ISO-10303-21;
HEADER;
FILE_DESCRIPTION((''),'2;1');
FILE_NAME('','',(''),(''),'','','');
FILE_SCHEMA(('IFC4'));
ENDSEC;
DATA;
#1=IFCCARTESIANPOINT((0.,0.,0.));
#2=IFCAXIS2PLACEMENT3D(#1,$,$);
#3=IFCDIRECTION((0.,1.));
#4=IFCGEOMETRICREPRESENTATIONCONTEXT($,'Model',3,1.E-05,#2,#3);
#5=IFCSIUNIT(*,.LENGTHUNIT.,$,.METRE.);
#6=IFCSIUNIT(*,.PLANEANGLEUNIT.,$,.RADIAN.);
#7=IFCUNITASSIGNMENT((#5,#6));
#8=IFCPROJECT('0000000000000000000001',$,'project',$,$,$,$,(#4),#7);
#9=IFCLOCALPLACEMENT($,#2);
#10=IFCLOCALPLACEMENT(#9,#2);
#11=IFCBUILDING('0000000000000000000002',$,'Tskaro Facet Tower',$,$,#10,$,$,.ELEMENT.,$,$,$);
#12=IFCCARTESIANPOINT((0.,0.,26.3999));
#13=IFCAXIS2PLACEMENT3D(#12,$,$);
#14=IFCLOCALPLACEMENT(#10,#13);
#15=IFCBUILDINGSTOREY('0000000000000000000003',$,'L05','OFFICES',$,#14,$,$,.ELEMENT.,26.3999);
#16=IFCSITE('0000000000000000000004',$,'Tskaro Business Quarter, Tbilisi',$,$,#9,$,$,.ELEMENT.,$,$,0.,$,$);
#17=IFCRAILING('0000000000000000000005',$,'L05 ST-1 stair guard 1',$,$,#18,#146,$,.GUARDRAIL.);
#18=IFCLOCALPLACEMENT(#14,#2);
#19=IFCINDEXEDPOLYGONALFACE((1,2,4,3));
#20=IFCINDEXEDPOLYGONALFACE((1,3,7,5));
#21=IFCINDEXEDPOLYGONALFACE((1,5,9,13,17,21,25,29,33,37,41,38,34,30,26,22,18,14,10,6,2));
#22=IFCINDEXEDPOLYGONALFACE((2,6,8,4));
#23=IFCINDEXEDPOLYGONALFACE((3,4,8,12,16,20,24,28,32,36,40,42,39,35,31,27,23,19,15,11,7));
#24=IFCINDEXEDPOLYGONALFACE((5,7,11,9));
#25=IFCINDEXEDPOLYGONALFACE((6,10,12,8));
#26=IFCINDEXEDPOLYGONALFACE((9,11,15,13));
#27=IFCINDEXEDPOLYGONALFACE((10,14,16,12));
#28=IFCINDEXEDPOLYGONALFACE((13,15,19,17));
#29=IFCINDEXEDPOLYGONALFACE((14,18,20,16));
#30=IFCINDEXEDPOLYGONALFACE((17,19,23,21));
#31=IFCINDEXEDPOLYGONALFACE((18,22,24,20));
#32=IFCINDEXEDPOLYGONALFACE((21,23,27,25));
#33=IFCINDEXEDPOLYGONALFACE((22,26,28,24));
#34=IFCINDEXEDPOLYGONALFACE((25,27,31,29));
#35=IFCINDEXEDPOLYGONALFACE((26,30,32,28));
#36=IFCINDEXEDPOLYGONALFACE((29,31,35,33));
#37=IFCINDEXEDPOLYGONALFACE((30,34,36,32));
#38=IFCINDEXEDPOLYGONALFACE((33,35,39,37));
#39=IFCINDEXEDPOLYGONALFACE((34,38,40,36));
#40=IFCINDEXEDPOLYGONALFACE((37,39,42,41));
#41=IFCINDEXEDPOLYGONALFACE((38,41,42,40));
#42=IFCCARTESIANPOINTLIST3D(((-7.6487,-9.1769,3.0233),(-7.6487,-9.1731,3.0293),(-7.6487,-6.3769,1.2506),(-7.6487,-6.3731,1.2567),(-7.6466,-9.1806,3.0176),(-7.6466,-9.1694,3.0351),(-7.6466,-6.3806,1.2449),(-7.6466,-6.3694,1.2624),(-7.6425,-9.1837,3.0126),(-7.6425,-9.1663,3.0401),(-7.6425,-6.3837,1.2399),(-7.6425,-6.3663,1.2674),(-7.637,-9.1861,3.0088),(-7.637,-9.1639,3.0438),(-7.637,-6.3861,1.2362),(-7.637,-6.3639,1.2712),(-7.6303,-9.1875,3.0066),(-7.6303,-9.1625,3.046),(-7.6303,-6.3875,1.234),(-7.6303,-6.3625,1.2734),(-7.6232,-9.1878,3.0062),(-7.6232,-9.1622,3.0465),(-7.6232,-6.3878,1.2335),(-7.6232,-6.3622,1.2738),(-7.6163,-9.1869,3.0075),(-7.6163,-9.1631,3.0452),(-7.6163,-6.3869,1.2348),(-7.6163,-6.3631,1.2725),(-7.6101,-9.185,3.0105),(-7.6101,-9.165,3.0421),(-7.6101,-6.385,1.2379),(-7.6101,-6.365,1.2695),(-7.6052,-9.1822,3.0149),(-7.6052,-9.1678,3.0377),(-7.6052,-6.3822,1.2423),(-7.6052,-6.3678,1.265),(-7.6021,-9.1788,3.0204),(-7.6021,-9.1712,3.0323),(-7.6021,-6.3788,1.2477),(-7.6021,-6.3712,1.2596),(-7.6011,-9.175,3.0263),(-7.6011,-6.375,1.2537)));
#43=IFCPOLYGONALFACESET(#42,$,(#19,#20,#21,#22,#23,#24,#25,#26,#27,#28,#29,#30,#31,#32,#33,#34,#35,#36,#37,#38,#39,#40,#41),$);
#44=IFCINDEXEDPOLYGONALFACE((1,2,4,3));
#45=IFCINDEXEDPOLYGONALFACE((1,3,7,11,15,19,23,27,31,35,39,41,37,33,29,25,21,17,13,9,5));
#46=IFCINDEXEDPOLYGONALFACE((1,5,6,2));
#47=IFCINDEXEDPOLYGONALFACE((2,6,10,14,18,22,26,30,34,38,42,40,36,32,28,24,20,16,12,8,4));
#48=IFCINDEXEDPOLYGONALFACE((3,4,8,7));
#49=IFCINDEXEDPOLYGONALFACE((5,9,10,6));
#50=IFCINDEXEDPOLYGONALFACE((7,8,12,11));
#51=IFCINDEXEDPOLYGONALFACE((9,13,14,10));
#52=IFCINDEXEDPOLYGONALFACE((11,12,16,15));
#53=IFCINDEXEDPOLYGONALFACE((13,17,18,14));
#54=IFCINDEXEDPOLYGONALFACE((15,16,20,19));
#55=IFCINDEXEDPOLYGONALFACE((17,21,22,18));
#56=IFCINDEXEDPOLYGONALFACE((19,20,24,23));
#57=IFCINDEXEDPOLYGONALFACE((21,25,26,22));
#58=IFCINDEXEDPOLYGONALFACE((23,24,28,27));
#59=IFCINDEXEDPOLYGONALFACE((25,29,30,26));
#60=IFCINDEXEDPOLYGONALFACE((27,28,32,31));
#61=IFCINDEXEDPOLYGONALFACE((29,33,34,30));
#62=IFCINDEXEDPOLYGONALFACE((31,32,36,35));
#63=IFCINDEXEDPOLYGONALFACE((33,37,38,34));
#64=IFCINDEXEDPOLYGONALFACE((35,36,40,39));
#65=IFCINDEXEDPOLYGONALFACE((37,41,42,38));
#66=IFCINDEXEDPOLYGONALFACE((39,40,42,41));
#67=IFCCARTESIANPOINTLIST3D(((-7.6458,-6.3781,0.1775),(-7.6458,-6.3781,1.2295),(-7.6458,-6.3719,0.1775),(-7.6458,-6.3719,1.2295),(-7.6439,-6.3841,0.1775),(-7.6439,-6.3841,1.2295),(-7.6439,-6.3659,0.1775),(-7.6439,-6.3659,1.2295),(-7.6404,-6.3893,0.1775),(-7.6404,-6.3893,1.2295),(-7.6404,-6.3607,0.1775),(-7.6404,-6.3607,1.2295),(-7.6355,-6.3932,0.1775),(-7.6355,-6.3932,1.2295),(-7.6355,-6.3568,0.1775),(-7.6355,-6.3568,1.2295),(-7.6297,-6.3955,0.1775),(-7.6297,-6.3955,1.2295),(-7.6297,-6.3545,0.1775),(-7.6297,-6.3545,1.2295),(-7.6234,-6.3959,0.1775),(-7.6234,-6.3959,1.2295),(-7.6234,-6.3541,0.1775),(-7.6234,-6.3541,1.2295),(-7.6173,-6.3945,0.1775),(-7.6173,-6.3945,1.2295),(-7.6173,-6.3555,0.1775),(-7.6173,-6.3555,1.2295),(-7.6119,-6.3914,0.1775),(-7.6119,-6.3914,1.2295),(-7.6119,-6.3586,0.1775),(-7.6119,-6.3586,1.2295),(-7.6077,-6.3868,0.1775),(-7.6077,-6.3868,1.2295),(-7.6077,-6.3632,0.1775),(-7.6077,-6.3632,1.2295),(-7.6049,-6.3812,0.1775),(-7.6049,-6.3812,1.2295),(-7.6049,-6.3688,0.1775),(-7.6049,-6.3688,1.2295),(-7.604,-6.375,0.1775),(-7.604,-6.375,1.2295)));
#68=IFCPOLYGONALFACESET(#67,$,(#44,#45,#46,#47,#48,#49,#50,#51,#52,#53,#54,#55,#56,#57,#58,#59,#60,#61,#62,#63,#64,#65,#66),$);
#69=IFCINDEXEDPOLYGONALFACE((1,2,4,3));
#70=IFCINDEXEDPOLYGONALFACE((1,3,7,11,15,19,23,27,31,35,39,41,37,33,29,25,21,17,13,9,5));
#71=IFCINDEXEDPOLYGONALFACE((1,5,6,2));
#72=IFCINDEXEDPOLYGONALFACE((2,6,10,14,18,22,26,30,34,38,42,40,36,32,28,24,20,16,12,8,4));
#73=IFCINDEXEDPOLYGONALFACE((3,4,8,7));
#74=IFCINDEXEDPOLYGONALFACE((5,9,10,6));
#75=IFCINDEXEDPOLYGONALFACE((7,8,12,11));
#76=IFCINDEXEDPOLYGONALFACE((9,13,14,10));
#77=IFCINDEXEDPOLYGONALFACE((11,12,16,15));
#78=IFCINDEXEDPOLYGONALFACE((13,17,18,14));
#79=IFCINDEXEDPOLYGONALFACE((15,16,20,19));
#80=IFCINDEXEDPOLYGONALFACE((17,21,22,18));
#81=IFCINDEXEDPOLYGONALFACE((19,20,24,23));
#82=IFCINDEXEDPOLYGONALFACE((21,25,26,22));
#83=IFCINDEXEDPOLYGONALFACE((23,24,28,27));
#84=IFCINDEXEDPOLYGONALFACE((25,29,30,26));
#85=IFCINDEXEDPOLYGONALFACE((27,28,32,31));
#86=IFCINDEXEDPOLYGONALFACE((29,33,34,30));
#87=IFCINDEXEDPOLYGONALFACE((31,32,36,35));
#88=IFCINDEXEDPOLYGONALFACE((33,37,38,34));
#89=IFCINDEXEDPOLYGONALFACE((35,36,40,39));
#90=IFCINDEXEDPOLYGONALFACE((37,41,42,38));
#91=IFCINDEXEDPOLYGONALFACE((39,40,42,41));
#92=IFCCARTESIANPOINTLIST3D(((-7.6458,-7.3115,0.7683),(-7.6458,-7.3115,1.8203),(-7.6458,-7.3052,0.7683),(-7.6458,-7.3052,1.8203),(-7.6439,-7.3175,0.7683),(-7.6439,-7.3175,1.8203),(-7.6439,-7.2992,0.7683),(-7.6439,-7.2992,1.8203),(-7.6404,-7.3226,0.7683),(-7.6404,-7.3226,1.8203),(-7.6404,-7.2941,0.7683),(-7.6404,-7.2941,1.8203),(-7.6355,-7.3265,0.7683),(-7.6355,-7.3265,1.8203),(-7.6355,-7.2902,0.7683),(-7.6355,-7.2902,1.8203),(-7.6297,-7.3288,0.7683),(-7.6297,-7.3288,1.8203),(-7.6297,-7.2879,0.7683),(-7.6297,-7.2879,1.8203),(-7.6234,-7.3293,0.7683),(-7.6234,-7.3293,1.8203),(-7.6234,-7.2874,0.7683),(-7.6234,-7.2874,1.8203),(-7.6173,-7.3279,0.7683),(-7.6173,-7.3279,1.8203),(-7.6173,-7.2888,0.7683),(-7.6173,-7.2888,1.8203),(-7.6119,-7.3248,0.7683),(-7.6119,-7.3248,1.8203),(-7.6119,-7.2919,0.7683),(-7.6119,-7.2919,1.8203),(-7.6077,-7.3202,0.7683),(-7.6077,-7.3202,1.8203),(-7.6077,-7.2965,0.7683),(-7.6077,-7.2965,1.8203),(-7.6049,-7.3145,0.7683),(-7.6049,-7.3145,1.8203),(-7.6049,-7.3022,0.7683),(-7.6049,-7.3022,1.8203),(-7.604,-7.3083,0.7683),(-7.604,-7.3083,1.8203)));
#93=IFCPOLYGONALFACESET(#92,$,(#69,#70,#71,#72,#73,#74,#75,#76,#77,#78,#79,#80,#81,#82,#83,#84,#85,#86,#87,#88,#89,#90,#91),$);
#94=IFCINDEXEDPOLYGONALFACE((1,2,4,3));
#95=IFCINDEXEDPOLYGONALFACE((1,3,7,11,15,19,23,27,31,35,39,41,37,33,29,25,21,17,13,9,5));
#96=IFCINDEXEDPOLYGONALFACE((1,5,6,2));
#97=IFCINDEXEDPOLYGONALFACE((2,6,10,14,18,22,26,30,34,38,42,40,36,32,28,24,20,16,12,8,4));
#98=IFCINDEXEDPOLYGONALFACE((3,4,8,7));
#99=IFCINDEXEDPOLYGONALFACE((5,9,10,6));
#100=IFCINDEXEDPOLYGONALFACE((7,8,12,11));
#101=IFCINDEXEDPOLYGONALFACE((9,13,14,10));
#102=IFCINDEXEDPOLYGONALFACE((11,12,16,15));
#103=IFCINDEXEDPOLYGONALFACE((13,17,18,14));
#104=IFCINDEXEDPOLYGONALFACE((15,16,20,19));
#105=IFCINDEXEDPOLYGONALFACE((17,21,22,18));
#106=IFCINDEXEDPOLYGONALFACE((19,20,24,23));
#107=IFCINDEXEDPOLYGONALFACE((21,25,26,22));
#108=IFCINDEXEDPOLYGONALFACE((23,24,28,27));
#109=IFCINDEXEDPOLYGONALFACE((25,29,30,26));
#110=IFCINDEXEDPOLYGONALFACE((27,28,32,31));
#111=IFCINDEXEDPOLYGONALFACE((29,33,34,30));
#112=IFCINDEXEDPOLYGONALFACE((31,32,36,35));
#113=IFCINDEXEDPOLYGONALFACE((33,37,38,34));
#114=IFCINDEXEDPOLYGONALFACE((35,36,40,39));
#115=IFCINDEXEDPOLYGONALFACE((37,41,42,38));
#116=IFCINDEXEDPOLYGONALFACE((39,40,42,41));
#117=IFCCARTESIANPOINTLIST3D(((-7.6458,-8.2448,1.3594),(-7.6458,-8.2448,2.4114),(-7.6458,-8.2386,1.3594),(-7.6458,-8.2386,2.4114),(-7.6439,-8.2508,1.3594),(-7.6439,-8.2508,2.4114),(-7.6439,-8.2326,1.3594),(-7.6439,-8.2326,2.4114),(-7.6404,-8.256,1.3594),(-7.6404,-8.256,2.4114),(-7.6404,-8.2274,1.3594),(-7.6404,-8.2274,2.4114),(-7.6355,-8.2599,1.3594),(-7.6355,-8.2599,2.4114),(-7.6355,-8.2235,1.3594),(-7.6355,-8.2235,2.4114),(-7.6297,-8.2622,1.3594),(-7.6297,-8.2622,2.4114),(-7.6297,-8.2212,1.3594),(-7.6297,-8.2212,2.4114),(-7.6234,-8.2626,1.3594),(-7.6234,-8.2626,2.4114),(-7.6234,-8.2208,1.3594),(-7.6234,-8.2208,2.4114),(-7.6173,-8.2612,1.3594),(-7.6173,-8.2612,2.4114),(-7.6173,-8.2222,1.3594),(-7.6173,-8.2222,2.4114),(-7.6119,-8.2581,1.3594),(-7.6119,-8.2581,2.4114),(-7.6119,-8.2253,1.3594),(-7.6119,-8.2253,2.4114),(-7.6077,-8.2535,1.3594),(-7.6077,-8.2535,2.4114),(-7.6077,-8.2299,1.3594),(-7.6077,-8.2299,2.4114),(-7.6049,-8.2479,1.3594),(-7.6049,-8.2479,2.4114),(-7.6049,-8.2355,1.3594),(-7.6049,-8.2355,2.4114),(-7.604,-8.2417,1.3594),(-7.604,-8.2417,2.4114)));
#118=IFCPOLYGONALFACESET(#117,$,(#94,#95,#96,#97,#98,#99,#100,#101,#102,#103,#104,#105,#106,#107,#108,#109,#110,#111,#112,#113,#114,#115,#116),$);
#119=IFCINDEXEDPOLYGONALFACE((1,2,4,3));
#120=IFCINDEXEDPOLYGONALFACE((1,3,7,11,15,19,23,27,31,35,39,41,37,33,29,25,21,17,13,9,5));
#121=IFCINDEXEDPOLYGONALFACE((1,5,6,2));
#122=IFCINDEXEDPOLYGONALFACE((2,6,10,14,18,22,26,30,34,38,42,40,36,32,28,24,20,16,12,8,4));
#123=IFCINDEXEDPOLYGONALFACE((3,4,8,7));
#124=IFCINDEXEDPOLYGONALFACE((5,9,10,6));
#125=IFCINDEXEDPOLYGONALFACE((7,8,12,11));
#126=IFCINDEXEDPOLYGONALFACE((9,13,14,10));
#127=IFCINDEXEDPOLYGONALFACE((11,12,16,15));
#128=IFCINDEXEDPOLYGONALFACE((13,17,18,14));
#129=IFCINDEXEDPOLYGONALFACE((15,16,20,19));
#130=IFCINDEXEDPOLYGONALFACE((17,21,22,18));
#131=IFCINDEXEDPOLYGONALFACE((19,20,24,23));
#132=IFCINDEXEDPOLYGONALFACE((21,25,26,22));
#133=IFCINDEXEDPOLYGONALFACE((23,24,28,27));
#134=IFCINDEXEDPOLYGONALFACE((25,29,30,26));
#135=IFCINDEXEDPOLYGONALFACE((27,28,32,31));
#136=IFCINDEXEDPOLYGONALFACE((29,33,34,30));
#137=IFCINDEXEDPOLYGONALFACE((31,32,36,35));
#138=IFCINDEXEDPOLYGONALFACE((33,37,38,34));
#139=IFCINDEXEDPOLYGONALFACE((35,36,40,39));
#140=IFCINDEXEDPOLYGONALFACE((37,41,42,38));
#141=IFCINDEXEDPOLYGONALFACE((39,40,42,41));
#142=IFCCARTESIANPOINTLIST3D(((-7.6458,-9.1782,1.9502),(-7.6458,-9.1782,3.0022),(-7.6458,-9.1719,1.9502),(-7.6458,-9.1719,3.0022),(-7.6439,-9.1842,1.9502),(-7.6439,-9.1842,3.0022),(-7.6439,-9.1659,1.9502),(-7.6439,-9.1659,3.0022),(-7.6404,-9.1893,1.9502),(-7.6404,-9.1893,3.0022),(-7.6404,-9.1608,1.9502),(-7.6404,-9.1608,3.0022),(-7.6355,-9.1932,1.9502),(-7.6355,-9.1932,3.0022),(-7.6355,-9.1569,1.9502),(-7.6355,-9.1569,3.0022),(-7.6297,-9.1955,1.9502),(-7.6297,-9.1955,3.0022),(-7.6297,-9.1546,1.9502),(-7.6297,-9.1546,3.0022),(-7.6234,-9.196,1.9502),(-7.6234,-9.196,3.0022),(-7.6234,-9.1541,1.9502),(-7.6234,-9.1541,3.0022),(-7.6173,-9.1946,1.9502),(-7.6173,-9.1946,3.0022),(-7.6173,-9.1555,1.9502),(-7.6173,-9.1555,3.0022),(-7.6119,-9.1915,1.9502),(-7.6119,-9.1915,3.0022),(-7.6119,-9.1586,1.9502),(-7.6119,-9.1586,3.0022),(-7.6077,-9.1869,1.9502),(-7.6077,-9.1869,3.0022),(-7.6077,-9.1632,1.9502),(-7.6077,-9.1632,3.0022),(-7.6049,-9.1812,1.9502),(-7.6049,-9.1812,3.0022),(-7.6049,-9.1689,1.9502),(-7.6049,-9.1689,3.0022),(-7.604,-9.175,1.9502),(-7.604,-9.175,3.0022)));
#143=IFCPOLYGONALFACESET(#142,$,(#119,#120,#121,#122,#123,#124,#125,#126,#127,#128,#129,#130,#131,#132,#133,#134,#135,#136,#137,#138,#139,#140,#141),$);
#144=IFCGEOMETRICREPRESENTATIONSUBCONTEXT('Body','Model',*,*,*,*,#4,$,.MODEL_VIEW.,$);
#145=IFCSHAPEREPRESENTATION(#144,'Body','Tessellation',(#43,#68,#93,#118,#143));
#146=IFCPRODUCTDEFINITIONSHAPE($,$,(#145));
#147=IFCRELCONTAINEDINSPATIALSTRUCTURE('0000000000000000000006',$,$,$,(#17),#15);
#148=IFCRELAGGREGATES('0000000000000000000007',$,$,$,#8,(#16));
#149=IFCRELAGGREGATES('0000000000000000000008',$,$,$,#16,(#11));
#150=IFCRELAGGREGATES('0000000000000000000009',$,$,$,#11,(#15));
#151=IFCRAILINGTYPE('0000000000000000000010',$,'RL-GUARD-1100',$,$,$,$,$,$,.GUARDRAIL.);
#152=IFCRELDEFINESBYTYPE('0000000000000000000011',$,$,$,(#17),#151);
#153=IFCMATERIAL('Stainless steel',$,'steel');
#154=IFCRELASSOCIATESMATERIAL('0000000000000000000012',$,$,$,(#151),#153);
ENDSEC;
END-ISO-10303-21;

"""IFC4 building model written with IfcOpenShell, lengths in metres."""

from ifc_helpers import new_model, si_unit, direction, frame, origin, origin_2d, place, context, subcontext, project, spatial, circle, extrude, material, type_object, element, save


model = new_model("IFC4")

# Units and contexts
model_context = context("Model", 3, precision=1e-05, world=origin(), true_north=direction((0.0, 1.0)))
body_context = subcontext(model_context, "Body", "Model", "MODEL_VIEW")
ifc_project = project(units=[si_unit("LENGTHUNIT", "METRE"), si_unit("PLANEANGLEUNIT", "RADIAN")], contexts=[model_context])

# Site, building, storey
site_placement = place(None, origin())
site = spatial("IfcSite", under=ifc_project, at=site_placement, Name="Tskaro Business Quarter, Tbilisi", CompositionType="ELEMENT", RefElevation=0.0)
building_placement = place(site_placement, origin())
building = spatial("IfcBuilding", under=site, at=building_placement, Name="Tskaro Facet Tower", CompositionType="ELEMENT")
storey_placement = place(building_placement, frame((0.0, 0.0, 26.3999)))
storey = spatial("IfcBuildingStorey", under=building, at=storey_placement, Name="L05", Description="OFFICES", CompositionType="ELEMENT", Elevation=26.3999)

# Shared definitions
ifc_material_1 = material(Name="Stainless steel", Category="steel")

# Railing
railing_type_1 = type_object("IfcRailingType", Name="RL-GUARD-1100", PredefinedType="GUARDRAIL", material=ifc_material_1)
railing_1_placement = place(storey_placement, frame((-7.625, -6.375, 0.1775)))
element("IfcRailing", 1, at=railing_1_placement, inside=storey, type_object=railing_type_1, Name="L05 ST-1 stair guard 1", PredefinedType="GUARDRAIL", context=body_context, shape_type="SweptSolid", body=[
    extrude(circle(Radius=0.0239, at=origin_2d()), frame((0.0, 0.0, 1.0762), z_axis=(0.0, -0.844909, 0.53491), x_axis=(1.0, 0.0, 0.0)), (0.0, 0.0, 1.0), 3.314),
    extrude(circle(Radius=0.021, at=origin_2d()), origin(), (0.0, 0.0, 1.0), 1.052),
    extrude(circle(Radius=0.021, at=origin_2d()), frame((0.0, -0.9333, 0.5908)), (0.0, 0.0, 1.0), 1.052),
    extrude(circle(Radius=0.021, at=origin_2d()), frame((0.0, -1.8667, 1.1819)), (0.0, 0.0, 1.0), 1.052),
    extrude(circle(Radius=0.021, at=origin_2d()), frame((0.0, -2.8, 1.7727)), (0.0, 0.0, 1.0), 1.052),
])

save(model, "model.ifc")
